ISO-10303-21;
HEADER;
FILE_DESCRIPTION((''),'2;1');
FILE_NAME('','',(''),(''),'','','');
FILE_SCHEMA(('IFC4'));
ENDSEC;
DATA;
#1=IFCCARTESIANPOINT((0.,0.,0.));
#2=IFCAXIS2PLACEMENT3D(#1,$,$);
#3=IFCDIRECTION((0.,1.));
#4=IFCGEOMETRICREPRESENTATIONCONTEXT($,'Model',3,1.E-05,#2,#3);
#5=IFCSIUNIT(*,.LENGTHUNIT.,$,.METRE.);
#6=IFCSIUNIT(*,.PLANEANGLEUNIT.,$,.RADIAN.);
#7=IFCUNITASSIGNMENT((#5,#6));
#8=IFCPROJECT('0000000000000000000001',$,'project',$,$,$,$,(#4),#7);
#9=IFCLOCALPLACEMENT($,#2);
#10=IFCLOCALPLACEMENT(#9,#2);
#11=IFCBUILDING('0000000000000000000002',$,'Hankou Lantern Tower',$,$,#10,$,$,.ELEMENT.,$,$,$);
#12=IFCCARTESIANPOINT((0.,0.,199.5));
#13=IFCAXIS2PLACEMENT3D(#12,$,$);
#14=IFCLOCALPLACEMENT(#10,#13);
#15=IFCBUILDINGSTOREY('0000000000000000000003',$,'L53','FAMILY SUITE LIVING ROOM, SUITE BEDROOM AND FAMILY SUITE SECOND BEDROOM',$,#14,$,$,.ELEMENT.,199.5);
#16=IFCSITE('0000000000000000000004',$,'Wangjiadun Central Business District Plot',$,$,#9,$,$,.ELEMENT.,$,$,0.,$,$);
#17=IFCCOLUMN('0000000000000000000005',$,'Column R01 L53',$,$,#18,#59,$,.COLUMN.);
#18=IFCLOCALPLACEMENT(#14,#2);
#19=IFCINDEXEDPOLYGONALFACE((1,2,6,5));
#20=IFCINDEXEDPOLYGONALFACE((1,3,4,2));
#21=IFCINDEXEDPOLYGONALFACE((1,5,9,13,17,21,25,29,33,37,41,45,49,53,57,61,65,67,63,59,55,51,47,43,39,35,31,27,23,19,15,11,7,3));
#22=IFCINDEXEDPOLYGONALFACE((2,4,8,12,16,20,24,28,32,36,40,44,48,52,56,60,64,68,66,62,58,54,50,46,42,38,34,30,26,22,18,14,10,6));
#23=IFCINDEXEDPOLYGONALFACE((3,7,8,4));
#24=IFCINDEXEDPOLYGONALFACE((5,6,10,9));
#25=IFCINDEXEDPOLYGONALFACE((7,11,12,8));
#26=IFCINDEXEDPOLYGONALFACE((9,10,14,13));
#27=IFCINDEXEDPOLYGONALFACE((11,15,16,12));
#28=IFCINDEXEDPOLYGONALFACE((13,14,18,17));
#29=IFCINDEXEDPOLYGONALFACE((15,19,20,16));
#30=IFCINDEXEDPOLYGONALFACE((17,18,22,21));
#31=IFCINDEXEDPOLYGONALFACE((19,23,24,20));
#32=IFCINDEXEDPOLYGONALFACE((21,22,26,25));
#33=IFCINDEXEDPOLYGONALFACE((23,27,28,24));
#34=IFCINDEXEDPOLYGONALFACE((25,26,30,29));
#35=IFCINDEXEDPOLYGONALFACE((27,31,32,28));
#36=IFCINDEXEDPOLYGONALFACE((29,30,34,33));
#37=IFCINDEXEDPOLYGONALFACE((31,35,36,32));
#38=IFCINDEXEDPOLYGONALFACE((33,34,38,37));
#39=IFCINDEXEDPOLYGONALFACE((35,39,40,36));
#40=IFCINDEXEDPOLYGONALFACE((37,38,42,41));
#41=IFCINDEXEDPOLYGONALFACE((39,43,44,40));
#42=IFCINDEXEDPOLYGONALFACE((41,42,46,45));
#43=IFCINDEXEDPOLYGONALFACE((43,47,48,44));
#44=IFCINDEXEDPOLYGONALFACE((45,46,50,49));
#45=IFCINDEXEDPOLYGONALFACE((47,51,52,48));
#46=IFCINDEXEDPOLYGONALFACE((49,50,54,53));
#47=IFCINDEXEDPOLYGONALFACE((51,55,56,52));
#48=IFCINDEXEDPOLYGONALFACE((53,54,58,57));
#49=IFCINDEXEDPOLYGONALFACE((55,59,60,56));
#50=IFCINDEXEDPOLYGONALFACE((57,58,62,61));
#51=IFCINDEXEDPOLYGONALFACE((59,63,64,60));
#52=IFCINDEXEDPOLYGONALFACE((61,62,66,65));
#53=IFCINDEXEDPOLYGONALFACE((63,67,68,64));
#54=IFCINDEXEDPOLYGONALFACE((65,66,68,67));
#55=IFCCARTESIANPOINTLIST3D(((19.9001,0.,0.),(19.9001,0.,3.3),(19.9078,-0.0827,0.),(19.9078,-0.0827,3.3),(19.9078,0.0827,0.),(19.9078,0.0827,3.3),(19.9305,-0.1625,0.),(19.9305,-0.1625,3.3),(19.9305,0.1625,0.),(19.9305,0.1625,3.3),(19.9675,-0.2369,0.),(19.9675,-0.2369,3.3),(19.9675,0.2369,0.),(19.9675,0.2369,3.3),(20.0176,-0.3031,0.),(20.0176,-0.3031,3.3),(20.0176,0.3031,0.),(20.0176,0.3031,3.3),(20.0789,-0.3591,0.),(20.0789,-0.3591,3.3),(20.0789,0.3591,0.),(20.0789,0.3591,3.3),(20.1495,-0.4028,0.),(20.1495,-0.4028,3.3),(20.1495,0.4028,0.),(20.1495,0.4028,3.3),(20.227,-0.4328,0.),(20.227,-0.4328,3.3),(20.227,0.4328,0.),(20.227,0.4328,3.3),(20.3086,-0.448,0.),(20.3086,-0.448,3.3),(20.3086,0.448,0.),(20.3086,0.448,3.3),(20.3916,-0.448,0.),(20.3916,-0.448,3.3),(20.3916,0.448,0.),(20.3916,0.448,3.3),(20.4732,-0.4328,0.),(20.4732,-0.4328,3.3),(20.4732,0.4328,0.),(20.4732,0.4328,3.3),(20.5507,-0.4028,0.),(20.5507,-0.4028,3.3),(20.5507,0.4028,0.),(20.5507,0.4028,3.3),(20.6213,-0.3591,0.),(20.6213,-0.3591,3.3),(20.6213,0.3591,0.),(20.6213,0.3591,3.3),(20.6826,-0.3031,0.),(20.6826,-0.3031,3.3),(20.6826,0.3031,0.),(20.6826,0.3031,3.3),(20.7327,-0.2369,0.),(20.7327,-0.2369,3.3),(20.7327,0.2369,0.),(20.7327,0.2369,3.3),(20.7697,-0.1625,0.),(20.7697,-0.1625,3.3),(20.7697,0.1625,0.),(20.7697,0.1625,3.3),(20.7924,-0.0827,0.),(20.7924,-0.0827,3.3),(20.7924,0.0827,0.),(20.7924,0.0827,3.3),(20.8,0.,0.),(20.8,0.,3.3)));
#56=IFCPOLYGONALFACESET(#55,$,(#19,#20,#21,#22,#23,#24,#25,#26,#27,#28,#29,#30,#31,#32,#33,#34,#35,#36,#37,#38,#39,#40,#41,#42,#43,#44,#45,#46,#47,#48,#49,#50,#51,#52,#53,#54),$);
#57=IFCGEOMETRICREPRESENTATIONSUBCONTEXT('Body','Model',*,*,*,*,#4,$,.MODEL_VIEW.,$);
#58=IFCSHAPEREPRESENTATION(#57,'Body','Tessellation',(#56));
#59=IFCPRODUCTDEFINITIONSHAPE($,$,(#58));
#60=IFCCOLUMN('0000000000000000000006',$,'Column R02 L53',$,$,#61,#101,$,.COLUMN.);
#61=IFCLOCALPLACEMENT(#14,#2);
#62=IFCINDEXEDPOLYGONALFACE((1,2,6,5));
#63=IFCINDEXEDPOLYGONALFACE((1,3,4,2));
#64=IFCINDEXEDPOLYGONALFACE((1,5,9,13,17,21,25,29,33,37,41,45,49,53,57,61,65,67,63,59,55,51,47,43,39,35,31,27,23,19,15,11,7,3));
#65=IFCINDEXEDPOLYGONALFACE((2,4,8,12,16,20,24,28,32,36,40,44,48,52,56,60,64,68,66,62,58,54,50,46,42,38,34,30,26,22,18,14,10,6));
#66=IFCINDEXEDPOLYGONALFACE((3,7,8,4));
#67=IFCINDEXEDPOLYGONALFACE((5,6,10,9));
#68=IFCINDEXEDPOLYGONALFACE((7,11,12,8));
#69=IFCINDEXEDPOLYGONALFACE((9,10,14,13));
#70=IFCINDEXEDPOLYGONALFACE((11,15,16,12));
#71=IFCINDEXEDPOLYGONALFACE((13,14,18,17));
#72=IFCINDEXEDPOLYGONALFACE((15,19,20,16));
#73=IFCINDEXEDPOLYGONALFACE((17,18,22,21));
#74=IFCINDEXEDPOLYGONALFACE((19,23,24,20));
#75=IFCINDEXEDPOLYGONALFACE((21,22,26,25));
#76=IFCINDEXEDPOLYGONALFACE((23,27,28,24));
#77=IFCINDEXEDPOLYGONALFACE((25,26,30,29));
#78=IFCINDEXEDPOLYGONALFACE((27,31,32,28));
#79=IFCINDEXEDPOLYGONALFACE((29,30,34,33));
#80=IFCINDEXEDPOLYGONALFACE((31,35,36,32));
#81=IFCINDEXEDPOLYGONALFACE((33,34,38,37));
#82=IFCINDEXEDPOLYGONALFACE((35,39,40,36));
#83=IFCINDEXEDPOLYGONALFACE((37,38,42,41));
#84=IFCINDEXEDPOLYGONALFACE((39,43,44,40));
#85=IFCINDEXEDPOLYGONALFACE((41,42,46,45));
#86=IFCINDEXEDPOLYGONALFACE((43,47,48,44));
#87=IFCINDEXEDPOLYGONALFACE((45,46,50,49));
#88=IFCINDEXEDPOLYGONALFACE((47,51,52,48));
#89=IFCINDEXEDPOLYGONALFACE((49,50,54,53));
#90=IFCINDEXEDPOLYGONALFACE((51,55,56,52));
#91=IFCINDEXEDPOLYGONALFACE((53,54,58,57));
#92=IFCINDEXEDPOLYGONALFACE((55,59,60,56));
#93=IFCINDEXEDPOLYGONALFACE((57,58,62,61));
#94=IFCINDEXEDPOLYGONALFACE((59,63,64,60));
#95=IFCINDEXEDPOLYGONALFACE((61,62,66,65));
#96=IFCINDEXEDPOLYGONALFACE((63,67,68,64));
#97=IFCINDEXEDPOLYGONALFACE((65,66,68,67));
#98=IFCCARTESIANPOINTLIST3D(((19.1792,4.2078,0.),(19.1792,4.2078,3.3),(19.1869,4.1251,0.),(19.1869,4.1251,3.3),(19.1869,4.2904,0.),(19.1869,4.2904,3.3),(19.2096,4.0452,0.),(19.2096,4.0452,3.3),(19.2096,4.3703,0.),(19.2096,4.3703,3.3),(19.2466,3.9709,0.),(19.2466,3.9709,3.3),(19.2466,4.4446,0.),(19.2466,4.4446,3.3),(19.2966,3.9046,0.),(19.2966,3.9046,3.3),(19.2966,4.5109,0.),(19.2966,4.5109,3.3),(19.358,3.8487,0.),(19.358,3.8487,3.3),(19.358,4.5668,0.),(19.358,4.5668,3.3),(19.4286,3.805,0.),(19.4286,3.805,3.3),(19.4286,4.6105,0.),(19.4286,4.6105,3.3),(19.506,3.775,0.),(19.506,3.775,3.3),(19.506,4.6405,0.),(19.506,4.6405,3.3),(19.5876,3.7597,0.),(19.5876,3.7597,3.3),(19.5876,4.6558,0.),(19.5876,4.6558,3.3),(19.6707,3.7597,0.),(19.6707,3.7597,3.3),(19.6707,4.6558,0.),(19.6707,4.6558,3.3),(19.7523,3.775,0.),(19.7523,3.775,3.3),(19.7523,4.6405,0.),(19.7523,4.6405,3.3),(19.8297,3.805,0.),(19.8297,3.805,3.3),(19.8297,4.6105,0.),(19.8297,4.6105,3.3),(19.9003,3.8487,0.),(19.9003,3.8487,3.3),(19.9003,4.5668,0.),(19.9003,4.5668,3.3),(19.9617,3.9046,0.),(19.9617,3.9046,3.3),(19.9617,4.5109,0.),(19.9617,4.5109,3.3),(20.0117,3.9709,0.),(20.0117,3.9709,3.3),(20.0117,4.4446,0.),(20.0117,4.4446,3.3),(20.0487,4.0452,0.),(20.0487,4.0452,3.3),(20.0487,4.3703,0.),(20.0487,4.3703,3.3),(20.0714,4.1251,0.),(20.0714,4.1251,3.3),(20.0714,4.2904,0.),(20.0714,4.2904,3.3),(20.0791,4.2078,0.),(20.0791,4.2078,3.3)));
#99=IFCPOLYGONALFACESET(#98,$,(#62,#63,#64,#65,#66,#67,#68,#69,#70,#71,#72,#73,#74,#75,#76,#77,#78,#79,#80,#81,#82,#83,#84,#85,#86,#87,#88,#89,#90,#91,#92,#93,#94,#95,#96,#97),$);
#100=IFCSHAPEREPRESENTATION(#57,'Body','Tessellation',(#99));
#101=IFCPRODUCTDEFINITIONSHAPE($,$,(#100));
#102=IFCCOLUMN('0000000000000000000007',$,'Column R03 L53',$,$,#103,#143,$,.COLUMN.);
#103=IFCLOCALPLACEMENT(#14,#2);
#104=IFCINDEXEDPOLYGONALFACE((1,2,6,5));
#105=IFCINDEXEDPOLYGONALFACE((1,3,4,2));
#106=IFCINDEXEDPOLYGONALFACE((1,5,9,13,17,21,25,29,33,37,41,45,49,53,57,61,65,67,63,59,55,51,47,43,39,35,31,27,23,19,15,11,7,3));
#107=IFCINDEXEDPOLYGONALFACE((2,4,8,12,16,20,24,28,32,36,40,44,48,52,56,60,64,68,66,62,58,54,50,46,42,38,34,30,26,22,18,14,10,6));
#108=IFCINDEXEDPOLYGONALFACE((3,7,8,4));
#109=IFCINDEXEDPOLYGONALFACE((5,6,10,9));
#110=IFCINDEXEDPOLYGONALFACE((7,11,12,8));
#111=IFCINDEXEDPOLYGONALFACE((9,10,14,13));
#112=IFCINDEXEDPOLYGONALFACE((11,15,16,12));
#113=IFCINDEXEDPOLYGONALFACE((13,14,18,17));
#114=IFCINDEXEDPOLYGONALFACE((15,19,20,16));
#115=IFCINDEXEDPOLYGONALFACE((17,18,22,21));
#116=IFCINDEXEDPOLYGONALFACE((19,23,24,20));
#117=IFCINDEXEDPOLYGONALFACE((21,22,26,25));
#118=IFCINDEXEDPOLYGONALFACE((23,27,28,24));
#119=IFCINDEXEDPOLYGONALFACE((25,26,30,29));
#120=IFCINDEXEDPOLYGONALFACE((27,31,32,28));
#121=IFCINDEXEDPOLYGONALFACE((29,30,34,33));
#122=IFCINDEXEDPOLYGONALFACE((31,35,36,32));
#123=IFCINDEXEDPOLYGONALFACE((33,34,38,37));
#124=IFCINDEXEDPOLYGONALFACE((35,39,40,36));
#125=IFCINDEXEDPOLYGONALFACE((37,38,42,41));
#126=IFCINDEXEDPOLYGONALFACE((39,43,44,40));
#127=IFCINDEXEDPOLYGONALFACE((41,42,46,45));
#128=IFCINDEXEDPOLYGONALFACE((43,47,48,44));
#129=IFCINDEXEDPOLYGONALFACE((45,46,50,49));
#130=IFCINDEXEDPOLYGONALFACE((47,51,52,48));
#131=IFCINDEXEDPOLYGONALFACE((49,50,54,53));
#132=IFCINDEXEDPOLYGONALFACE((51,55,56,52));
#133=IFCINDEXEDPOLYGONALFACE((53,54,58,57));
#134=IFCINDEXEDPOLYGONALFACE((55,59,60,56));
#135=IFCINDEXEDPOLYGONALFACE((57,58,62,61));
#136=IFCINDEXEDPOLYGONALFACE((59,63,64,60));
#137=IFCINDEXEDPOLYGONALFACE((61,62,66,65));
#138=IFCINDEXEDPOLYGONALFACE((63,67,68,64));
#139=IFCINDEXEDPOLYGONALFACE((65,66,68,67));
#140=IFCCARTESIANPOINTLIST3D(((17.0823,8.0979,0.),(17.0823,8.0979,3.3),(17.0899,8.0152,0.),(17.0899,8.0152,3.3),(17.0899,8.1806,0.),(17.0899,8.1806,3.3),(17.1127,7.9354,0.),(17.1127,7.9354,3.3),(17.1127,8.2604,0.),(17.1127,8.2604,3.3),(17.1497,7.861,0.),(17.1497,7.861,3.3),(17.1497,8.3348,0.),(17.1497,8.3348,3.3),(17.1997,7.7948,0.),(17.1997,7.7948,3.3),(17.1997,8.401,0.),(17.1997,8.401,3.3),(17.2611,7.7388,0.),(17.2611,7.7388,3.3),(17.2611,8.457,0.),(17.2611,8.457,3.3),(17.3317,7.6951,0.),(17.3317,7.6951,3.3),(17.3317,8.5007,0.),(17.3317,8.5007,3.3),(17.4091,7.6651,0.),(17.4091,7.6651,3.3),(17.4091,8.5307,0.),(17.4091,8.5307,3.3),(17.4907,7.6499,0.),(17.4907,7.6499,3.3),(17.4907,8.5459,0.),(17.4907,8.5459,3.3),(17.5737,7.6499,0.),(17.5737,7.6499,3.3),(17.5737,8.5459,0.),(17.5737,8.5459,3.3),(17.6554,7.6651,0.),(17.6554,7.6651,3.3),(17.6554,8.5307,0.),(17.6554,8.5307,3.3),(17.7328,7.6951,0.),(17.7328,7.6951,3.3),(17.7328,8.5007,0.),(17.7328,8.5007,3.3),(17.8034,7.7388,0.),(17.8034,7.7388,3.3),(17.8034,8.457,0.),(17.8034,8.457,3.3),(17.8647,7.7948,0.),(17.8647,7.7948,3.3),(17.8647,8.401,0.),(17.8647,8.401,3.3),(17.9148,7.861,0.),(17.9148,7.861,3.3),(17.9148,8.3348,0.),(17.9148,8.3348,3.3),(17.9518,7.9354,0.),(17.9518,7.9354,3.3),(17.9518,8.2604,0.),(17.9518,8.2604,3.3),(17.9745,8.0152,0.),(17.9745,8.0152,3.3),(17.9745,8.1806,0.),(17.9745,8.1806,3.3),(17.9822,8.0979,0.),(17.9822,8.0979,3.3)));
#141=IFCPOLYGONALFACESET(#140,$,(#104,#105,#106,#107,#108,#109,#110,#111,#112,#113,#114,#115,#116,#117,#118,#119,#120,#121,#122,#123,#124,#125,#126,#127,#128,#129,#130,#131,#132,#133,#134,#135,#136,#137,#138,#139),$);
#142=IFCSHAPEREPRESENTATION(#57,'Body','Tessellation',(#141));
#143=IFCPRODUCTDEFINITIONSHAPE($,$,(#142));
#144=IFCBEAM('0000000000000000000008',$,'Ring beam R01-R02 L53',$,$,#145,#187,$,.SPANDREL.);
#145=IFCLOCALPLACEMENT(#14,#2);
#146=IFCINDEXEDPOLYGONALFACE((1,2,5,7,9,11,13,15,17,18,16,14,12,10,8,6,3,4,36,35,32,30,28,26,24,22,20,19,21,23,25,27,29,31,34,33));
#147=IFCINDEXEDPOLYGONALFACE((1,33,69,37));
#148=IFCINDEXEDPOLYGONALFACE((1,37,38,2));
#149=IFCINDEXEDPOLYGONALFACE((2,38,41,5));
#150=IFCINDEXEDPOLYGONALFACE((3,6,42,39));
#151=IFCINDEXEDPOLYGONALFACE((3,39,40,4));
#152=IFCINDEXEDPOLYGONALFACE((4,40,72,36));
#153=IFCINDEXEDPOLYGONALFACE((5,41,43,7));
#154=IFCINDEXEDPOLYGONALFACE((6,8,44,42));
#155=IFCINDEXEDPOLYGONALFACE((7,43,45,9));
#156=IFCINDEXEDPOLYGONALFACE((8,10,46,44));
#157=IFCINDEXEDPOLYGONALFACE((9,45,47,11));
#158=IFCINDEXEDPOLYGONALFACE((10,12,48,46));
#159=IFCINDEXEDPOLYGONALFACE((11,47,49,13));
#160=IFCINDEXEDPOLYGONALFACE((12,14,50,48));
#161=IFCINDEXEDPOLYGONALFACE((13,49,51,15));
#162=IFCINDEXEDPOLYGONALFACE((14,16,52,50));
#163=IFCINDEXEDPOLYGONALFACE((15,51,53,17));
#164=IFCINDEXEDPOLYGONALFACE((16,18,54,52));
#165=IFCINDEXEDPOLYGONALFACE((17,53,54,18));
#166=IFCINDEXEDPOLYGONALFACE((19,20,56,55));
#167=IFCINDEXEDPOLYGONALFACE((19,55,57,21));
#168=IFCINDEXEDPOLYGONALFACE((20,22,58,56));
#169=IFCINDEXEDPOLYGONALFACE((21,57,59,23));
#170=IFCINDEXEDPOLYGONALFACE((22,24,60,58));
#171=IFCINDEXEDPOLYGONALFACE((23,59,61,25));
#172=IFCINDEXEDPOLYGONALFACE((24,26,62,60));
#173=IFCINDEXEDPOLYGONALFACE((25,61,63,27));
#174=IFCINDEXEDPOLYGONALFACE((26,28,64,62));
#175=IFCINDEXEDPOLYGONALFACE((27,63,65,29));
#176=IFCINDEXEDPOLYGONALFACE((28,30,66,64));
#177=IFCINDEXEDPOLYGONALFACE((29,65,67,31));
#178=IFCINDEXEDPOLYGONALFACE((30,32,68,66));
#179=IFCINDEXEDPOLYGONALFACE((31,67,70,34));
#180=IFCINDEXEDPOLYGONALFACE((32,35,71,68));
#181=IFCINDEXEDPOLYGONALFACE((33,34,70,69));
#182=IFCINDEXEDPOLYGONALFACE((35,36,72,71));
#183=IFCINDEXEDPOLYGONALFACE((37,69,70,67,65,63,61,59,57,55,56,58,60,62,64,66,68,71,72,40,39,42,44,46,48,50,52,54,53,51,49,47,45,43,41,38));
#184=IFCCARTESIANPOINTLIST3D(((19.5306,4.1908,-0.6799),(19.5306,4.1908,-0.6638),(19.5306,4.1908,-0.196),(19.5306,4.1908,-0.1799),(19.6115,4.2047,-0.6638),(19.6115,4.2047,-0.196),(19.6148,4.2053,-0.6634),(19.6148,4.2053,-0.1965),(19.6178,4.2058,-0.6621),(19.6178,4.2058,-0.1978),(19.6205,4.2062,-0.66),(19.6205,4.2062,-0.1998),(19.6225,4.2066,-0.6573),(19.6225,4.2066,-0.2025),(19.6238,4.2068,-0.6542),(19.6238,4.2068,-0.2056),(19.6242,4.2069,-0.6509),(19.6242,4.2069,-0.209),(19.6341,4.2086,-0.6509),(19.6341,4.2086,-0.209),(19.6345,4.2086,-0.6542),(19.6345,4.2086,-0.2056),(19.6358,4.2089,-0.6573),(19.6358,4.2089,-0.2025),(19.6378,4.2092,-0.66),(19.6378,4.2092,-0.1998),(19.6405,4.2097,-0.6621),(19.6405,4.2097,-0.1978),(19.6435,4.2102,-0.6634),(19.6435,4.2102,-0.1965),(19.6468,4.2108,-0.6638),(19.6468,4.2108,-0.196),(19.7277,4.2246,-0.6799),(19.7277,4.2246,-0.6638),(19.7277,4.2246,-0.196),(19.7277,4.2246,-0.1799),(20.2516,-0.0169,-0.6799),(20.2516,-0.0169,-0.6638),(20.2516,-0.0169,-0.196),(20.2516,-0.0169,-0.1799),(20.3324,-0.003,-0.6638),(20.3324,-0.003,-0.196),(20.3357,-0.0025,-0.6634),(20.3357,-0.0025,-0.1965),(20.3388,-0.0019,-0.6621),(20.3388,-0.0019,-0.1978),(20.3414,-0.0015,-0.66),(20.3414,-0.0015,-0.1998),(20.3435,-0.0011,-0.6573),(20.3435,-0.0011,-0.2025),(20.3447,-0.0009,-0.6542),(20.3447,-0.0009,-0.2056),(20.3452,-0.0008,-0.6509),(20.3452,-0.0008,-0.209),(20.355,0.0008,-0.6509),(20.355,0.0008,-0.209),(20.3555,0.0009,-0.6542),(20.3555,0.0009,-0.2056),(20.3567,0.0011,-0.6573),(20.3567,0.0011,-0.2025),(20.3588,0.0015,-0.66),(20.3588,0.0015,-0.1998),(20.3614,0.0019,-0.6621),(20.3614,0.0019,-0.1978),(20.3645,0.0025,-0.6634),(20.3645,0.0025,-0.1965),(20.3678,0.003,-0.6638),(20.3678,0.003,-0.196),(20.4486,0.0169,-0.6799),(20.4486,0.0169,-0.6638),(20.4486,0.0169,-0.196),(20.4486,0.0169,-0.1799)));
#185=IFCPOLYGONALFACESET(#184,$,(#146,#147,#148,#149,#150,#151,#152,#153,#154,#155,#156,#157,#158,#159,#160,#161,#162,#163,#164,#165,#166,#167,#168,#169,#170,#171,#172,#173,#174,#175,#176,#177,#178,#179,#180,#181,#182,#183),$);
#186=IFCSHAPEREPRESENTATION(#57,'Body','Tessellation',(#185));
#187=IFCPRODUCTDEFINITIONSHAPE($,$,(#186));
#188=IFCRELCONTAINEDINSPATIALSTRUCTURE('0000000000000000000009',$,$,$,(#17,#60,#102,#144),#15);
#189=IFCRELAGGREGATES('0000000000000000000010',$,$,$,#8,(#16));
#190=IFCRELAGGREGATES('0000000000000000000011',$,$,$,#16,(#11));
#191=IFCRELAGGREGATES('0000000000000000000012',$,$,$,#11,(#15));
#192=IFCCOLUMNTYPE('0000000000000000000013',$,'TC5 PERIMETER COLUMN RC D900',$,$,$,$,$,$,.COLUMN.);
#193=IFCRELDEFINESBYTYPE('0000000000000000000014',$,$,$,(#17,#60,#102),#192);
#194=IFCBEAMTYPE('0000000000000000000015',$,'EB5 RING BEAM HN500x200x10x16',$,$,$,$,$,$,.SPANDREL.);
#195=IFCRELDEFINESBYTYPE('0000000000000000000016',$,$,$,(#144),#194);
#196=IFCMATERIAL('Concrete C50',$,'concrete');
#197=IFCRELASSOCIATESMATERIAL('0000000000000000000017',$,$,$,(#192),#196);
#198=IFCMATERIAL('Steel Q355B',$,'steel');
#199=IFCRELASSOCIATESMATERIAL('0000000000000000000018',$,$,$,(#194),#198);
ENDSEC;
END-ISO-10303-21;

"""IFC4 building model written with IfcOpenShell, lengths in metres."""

from ifc_helpers import new_model, si_unit, direction, frame, origin, origin_2d, place, context, subcontext, project, spatial, circle, i_section, extrude, material, material_profile, profile_set, type_object, element, save


model = new_model("IFC4")

# Units and contexts
model_context = context("Model", 3, precision=1e-05, world=origin(), true_north=direction((0.0, 1.0)))
body_context = subcontext(model_context, "Body", "Model", "MODEL_VIEW")
ifc_project = project(units=[si_unit("LENGTHUNIT", "METRE"), si_unit("PLANEANGLEUNIT", "RADIAN")], contexts=[model_context])

# Site, building, storey
site_placement = place(None, origin())
site = spatial("IfcSite", under=ifc_project, at=site_placement, Name="Wangjiadun Central Business District Plot", CompositionType="ELEMENT", RefElevation=0.0)
building_placement = place(site_placement, origin())
building = spatial("IfcBuilding", under=site, at=building_placement, Name="Hankou Lantern Tower", CompositionType="ELEMENT")
storey_placement = place(building_placement, frame((0.0, 0.0, 199.5)))
storey = spatial("IfcBuildingStorey", under=building, at=storey_placement, Name="L53", Description="FAMILY SUITE LIVING ROOM, SUITE BEDROOM AND FAMILY SUITE SECOND BEDROOM", CompositionType="ELEMENT", Elevation=199.5)

# Columns
ifc_material_1 = material(Name="Concrete C50", Category="concrete")
ifc_material_profile_1 = material_profile(ifc_material_1, circle(Radius=0.45, at=origin_2d()), Name="RC D900")
ifc_profile_set_1 = profile_set([ifc_material_profile_1], Name="Concrete C50")
column_type = type_object("IfcColumnType", Name="TC5 PERIMETER COLUMN RC D900", PredefinedType="COLUMN", material=ifc_profile_set_1)
for number, where, z_axis, x_axis, name in (
    (1, (20.3501, 0.0, 0.0), (0.0, 0.0, 1.0), (1.0, 0.0, 0.0), "Column R01 L53"),
    (2, (19.6292, 4.2078, 0.0), (0.0, 0.0, 1.0), (1.0, 0.0, 0.0), "Column R02 L53"),
    (3, (17.5322, 8.0979, 0.0), (0.0, 0.0, 1.0), (1.0, 0.0, 0.0), "Column R03 L53"),
):
    element("IfcColumn", number, at=place(storey_placement, frame(where, z_axis=z_axis, x_axis=x_axis)), inside=storey, type_object=column_type, Name=name, PredefinedType="COLUMN", context=body_context, shape_type="SweptSolid", body=[
        extrude(circle(Radius=0.45, at=origin_2d()), origin(), (0.0, 0.0, 1.0), 3.3),
    ])

# Beam
ifc_material_2 = material(Name="Steel Q355B", Category="steel")
ifc_material_profile_2 = material_profile(ifc_material_2, i_section(OverallWidth=0.2, OverallDepth=0.5, WebThickness=0.01, FlangeThickness=0.0161, FilletRadius=0.0129, at=origin_2d()), Name="HN500x200x10x16")
ifc_profile_set_2 = profile_set([ifc_material_profile_2], Name="Steel Q355B")
beam_type_1 = type_object("IfcBeamType", Name="EB5 RING BEAM HN500x200x10x16", PredefinedType="SPANDREL", material=ifc_profile_set_2)
beam_1_placement = place(storey_placement, frame((20.3501, 0.0, -0.4299), z_axis=(-0.168877, 0.985637, 0.0), x_axis=(-0.985637, -0.168877, 0.0)))
element("IfcBeam", 4, at=beam_1_placement, inside=storey, type_object=beam_type_1, Name="Ring beam R01-R02 L53", PredefinedType="SPANDREL", context=body_context, shape_type="SweptSolid", body=[
    extrude(i_section(OverallWidth=0.2, OverallDepth=0.5, WebThickness=0.01, FlangeThickness=0.0161, FilletRadius=0.0129, at=origin_2d()), origin(), (0.0, 0.0, 1.0), 4.269),
])

save(model, "model.ifc")
